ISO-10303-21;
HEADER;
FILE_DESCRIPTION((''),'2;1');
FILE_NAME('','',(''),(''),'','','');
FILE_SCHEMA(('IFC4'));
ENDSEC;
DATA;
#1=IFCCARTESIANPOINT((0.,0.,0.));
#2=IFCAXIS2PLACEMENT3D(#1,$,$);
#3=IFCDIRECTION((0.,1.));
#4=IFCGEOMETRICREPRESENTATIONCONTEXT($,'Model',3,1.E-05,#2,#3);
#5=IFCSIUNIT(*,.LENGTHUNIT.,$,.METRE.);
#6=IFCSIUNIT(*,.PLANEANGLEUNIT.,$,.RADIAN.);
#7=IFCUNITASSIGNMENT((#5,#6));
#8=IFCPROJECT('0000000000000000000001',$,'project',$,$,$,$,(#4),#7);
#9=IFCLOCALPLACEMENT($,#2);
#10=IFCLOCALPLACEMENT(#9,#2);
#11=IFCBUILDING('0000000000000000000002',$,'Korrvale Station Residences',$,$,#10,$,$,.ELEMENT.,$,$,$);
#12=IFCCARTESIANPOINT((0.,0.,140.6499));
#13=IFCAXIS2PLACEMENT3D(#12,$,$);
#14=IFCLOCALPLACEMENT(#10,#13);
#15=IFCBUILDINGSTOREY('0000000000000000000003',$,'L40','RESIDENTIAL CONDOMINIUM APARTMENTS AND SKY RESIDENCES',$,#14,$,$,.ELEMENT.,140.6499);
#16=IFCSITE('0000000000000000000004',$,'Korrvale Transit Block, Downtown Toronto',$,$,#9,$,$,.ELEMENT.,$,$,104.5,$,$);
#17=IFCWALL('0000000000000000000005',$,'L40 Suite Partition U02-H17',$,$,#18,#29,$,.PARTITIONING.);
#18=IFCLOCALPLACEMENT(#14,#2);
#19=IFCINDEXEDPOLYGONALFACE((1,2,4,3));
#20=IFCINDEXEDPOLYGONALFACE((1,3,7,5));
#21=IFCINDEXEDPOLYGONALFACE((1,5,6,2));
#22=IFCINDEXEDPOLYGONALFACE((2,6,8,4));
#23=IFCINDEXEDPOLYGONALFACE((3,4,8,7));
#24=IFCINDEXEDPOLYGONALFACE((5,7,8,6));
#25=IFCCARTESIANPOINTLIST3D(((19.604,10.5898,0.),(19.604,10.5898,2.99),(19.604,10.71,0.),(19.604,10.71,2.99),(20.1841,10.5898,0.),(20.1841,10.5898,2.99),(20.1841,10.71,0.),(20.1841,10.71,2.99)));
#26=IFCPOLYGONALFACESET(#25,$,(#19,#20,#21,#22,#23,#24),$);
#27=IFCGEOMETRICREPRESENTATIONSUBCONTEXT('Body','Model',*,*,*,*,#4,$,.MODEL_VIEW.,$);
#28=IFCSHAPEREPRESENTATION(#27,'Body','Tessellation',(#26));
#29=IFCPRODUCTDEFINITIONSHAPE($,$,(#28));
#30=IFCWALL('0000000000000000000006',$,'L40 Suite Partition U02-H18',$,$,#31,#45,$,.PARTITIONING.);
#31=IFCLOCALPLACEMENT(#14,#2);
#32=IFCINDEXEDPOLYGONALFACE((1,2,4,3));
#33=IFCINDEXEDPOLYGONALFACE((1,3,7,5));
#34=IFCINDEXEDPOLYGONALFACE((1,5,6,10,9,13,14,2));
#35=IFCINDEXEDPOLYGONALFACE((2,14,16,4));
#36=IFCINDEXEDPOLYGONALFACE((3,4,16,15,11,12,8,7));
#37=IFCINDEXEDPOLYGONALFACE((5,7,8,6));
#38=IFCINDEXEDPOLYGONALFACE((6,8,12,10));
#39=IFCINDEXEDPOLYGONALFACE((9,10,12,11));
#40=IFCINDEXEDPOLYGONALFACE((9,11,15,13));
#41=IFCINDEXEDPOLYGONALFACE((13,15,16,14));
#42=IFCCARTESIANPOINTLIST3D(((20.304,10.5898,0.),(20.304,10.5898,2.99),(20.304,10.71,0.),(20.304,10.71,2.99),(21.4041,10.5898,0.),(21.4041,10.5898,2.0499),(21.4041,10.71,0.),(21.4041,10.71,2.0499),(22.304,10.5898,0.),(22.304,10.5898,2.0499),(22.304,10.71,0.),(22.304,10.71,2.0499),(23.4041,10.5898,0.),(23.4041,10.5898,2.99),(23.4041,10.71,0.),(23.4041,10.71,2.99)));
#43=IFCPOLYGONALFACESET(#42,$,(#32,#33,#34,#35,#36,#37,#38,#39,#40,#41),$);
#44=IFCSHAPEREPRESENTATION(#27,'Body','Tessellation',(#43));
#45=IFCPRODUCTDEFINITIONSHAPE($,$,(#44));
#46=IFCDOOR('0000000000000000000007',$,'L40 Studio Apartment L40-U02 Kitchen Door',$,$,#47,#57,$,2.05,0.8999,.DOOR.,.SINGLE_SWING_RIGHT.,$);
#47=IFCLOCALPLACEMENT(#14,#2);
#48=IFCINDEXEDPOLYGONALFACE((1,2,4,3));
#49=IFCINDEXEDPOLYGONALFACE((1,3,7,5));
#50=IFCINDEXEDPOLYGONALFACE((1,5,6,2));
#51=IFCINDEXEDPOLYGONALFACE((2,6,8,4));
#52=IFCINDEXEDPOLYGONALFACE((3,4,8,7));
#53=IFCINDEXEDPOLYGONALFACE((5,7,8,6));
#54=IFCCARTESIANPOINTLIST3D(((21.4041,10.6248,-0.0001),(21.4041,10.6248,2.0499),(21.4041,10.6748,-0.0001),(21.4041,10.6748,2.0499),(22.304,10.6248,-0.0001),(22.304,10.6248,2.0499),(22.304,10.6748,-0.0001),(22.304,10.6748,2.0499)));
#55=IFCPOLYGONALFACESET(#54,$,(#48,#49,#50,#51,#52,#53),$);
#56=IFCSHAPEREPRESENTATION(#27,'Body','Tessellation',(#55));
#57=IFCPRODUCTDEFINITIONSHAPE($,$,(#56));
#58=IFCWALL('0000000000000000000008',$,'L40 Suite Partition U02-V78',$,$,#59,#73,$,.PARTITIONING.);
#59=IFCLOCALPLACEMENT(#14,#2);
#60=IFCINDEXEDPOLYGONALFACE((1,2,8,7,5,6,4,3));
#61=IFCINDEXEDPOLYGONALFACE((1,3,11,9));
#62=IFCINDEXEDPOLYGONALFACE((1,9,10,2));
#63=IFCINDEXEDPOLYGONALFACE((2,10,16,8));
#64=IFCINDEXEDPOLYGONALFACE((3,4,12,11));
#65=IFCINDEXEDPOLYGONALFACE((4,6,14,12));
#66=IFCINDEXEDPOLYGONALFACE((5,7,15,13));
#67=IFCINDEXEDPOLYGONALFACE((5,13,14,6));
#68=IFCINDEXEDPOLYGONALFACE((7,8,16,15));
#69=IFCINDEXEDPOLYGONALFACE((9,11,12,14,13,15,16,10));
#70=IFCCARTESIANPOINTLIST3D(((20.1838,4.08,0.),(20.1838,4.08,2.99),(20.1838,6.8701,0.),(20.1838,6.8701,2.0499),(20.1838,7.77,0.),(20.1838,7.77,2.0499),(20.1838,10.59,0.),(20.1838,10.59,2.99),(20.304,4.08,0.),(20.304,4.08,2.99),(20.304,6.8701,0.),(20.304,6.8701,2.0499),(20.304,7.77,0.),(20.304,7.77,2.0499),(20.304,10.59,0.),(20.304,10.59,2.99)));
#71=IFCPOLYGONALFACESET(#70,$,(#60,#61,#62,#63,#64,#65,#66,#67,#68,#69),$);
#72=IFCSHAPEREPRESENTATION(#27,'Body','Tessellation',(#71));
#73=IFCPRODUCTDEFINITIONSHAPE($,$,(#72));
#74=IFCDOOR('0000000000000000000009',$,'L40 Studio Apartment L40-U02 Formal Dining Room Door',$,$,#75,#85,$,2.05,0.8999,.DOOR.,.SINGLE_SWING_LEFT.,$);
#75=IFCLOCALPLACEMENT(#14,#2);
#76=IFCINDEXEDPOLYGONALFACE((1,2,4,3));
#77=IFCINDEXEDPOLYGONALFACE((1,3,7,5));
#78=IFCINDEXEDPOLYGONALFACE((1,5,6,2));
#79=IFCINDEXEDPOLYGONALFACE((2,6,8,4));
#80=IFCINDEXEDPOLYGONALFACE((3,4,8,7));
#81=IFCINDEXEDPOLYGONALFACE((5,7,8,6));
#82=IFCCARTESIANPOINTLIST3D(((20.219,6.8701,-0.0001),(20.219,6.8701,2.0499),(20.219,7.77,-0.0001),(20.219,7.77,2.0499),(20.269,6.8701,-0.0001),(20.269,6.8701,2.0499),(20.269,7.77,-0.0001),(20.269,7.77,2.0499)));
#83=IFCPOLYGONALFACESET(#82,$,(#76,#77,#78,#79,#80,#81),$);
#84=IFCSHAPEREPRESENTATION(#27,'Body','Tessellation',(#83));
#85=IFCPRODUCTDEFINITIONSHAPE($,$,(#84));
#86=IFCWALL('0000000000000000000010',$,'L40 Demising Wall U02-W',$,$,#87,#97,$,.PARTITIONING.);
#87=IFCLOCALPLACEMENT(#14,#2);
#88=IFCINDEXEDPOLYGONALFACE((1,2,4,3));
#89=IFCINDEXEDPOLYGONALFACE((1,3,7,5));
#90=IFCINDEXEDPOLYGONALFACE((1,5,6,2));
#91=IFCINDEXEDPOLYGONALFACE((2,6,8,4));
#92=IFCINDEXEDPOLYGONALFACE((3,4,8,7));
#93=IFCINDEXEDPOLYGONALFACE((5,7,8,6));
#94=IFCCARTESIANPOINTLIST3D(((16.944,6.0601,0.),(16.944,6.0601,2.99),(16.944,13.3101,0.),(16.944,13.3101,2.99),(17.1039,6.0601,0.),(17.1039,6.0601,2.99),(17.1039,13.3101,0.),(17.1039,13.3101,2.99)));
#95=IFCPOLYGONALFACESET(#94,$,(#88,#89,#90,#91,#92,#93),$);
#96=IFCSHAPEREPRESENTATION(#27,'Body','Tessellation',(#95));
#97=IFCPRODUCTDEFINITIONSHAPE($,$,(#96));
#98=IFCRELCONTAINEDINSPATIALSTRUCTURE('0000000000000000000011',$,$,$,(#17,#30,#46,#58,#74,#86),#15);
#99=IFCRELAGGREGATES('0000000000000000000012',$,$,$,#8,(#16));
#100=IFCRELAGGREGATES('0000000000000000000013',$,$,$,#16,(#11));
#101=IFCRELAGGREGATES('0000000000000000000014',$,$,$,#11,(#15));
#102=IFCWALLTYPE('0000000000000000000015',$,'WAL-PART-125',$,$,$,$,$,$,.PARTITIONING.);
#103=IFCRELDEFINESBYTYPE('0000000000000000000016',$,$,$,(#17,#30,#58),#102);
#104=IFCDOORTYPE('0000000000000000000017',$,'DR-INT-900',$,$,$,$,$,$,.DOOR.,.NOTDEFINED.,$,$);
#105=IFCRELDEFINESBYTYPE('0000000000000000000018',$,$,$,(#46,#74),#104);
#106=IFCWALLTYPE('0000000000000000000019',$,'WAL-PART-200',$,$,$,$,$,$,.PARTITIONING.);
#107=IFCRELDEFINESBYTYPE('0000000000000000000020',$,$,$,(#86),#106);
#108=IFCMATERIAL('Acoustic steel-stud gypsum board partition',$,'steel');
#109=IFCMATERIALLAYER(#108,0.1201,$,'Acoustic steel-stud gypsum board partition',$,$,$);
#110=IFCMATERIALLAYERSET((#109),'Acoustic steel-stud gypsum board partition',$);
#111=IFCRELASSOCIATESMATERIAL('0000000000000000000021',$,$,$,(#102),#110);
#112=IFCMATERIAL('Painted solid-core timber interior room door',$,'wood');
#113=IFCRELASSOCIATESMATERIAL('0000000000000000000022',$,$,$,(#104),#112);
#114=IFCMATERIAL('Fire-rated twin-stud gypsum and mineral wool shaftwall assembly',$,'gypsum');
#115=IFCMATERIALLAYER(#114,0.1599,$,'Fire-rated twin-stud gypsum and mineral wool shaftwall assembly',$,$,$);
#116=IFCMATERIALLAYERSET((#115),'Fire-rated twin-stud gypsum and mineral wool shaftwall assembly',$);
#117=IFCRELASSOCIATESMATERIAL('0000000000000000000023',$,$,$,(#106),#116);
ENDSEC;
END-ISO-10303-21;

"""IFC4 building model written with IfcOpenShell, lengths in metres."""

from ifc_helpers import new_model, si_unit, direction, frame, frame_2d, origin, place, context, subcontext, project, spatial, rectangle, extrude, material, layer, layer_set, type_object, element, fill, save


model = new_model("IFC4")

# Units and contexts
model_context = context("Model", 3, precision=1e-05, world=origin(), true_north=direction((0.0, 1.0)))
body_context = subcontext(model_context, "Body", "Model", "MODEL_VIEW")
ifc_project = project(units=[si_unit("LENGTHUNIT", "METRE"), si_unit("PLANEANGLEUNIT", "RADIAN")], contexts=[model_context])

# Site, building, storey
site_placement = place(None, origin())
site = spatial("IfcSite", under=ifc_project, at=site_placement, Name="Korrvale Transit Block, Downtown Toronto", CompositionType="ELEMENT", RefElevation=104.5)
building_placement = place(site_placement, origin())
building = spatial("IfcBuilding", under=site, at=building_placement, Name="Korrvale Station Residences", CompositionType="ELEMENT")
storey_placement = place(building_placement, frame((0.0, 0.0, 140.6499)))
storey = spatial("IfcBuildingStorey", under=building, at=storey_placement, Name="L40", Description="RESIDENTIAL CONDOMINIUM APARTMENTS AND SKY RESIDENCES", CompositionType="ELEMENT", Elevation=140.6499)

# Shared definitions
ifc_material_1 = material(Name="Acoustic steel-stud gypsum board partition", Category="steel")
ifc_layer_1 = layer(ifc_material_1, 0.1201, Name="Acoustic steel-stud gypsum board partition")
ifc_layer_set_1 = layer_set([ifc_layer_1], Name="Acoustic steel-stud gypsum board partition")
wall_type_1 = type_object("IfcWallType", Name="WAL-PART-125", PredefinedType="PARTITIONING", material=ifc_layer_set_1)

# Wall
wall_1_placement = place(storey_placement, frame((19.604, 10.6499, 0.0), z_axis=(0.0, 0.0, 1.0), x_axis=(1.0, 0.0, 0.0)))
element("IfcWall", 1, at=wall_1_placement, inside=storey, type_object=wall_type_1, Name="L40 Suite Partition U02-H17", PredefinedType="PARTITIONING", context=body_context, shape_type="SweptSolid", body=[
    extrude(rectangle(XDim=0.5801, YDim=0.1201, at=frame_2d((0.29, 0.0))), origin(), (0.0, 0.0, 1.0), 2.99),
])

# Walls, openings, doors
wall_2_placement = place(storey_placement, frame((20.304, 10.6499, 0.0), z_axis=(0.0, 0.0, 1.0), x_axis=(1.0, 0.0, 0.0)))
wall_2 = element("IfcWall", 2, at=wall_2_placement, inside=storey, type_object=wall_type_1, Name="L40 Suite Partition U02-H18", PredefinedType="PARTITIONING", context=body_context, shape_type="SweptSolid", body=[
    extrude(rectangle(XDim=3.1001, YDim=0.1201, at=frame_2d((1.55, 0.0))), origin(), (0.0, 0.0, 1.0), 2.99),
])
opening_1_placement = place(wall_2_placement, frame((1.1001, 0.0, 0.0)))
opening_1 = element("IfcOpeningElement", 3, at=opening_1_placement, cuts=wall_2, PredefinedType="OPENING", context=body_context, shape_type="SweptSolid", body=[
    extrude(rectangle(XDim=0.8999, YDim=2.05, at=frame_2d((0.45, 1.0249))), frame((0.0, 0.0701, 0.0), z_axis=(0.0, -1.0, 0.0), x_axis=(1.0, 0.0, 0.0)), (0.0, 0.0, 1.0), 0.1401),
])
ifc_material_2 = material(Name="Painted solid-core timber interior room door", Category="wood")
door_type_1 = type_object("IfcDoorType", Name="DR-INT-900", OperationType="NOTDEFINED", PredefinedType="DOOR", material=ifc_material_2)
door_1_placement = place(opening_1_placement, origin())
door_1 = element("IfcDoor", 4, at=door_1_placement, inside=storey, type_object=door_type_1, Name="L40 Studio Apartment L40-U02 Kitchen Door", OperationType="SINGLE_SWING_RIGHT", OverallHeight=2.05, OverallWidth=0.8999, PredefinedType="DOOR", context=body_context, shape_type="SweptSolid", body=[
    extrude(rectangle(XDim=0.8999, YDim=2.05, at=frame_2d((0.45, 1.0249))), frame((0.0, 0.0249, 0.0), z_axis=(0.0, -1.0, 0.0), x_axis=(1.0, 0.0, 0.0)), (0.0, 0.0, 1.0), 0.05),
])
fill(opening_1, door_1)
wall_3_placement = place(storey_placement, frame((20.2439, 4.0801, 0.0), z_axis=(0.0, 0.0, 1.0), x_axis=(0.0, 1.0, 0.0)))
wall_3 = element("IfcWall", 5, at=wall_3_placement, inside=storey, type_object=wall_type_1, Name="L40 Suite Partition U02-V78", PredefinedType="PARTITIONING", context=body_context, shape_type="SweptSolid", body=[
    extrude(rectangle(XDim=6.51, YDim=0.1201, at=frame_2d((3.2549, 0.0))), origin(), (0.0, 0.0, 1.0), 2.99),
])
opening_2_placement = place(wall_3_placement, frame((2.79, 0.0, 0.0)))
opening_2 = element("IfcOpeningElement", 6, at=opening_2_placement, cuts=wall_3, PredefinedType="OPENING", context=body_context, shape_type="SweptSolid", body=[
    extrude(rectangle(XDim=0.8999, YDim=2.05, at=frame_2d((0.45, 1.0249))), frame((0.0, 0.0701, 0.0), z_axis=(0.0, -1.0, 0.0), x_axis=(1.0, 0.0, 0.0)), (0.0, 0.0, 1.0), 0.1401),
])
door_2_placement = place(opening_2_placement, origin())
door_2 = element("IfcDoor", 7, at=door_2_placement, inside=storey, type_object=door_type_1, Name="L40 Studio Apartment L40-U02 Formal Dining Room Door", OperationType="SINGLE_SWING_LEFT", OverallHeight=2.05, OverallWidth=0.8999, PredefinedType="DOOR", context=body_context, shape_type="SweptSolid", body=[
    extrude(rectangle(XDim=0.8999, YDim=2.05, at=frame_2d((0.45, 1.0249))), frame((0.0, 0.0249, 0.0), z_axis=(0.0, -1.0, 0.0), x_axis=(1.0, 0.0, 0.0)), (0.0, 0.0, 1.0), 0.05),
])
fill(opening_2, door_2)

# Wall
ifc_material_3 = material(Name="Fire-rated twin-stud gypsum and mineral wool shaftwall assembly", Category="gypsum")
ifc_layer_2 = layer(ifc_material_3, 0.1599, Name="Fire-rated twin-stud gypsum and mineral wool shaftwall assembly")
ifc_layer_set_2 = layer_set([ifc_layer_2], Name="Fire-rated twin-stud gypsum and mineral wool shaftwall assembly")
wall_type_2 = type_object("IfcWallType", Name="WAL-PART-200", PredefinedType="PARTITIONING", material=ifc_layer_set_2)
wall_4_placement = place(storey_placement, frame((17.0239, 6.0601, 0.0), z_axis=(0.0, 0.0, 1.0), x_axis=(0.0, 1.0, 0.0)))
element("IfcWall", 8, at=wall_4_placement, inside=storey, type_object=wall_type_2, Name="L40 Demising Wall U02-W", PredefinedType="PARTITIONING", context=body_context, shape_type="SweptSolid", body=[
    extrude(rectangle(XDim=7.25, YDim=0.1599, at=frame_2d((3.625, 0.0))), origin(), (0.0, 0.0, 1.0), 2.99),
])

save(model, "model.ifc")
